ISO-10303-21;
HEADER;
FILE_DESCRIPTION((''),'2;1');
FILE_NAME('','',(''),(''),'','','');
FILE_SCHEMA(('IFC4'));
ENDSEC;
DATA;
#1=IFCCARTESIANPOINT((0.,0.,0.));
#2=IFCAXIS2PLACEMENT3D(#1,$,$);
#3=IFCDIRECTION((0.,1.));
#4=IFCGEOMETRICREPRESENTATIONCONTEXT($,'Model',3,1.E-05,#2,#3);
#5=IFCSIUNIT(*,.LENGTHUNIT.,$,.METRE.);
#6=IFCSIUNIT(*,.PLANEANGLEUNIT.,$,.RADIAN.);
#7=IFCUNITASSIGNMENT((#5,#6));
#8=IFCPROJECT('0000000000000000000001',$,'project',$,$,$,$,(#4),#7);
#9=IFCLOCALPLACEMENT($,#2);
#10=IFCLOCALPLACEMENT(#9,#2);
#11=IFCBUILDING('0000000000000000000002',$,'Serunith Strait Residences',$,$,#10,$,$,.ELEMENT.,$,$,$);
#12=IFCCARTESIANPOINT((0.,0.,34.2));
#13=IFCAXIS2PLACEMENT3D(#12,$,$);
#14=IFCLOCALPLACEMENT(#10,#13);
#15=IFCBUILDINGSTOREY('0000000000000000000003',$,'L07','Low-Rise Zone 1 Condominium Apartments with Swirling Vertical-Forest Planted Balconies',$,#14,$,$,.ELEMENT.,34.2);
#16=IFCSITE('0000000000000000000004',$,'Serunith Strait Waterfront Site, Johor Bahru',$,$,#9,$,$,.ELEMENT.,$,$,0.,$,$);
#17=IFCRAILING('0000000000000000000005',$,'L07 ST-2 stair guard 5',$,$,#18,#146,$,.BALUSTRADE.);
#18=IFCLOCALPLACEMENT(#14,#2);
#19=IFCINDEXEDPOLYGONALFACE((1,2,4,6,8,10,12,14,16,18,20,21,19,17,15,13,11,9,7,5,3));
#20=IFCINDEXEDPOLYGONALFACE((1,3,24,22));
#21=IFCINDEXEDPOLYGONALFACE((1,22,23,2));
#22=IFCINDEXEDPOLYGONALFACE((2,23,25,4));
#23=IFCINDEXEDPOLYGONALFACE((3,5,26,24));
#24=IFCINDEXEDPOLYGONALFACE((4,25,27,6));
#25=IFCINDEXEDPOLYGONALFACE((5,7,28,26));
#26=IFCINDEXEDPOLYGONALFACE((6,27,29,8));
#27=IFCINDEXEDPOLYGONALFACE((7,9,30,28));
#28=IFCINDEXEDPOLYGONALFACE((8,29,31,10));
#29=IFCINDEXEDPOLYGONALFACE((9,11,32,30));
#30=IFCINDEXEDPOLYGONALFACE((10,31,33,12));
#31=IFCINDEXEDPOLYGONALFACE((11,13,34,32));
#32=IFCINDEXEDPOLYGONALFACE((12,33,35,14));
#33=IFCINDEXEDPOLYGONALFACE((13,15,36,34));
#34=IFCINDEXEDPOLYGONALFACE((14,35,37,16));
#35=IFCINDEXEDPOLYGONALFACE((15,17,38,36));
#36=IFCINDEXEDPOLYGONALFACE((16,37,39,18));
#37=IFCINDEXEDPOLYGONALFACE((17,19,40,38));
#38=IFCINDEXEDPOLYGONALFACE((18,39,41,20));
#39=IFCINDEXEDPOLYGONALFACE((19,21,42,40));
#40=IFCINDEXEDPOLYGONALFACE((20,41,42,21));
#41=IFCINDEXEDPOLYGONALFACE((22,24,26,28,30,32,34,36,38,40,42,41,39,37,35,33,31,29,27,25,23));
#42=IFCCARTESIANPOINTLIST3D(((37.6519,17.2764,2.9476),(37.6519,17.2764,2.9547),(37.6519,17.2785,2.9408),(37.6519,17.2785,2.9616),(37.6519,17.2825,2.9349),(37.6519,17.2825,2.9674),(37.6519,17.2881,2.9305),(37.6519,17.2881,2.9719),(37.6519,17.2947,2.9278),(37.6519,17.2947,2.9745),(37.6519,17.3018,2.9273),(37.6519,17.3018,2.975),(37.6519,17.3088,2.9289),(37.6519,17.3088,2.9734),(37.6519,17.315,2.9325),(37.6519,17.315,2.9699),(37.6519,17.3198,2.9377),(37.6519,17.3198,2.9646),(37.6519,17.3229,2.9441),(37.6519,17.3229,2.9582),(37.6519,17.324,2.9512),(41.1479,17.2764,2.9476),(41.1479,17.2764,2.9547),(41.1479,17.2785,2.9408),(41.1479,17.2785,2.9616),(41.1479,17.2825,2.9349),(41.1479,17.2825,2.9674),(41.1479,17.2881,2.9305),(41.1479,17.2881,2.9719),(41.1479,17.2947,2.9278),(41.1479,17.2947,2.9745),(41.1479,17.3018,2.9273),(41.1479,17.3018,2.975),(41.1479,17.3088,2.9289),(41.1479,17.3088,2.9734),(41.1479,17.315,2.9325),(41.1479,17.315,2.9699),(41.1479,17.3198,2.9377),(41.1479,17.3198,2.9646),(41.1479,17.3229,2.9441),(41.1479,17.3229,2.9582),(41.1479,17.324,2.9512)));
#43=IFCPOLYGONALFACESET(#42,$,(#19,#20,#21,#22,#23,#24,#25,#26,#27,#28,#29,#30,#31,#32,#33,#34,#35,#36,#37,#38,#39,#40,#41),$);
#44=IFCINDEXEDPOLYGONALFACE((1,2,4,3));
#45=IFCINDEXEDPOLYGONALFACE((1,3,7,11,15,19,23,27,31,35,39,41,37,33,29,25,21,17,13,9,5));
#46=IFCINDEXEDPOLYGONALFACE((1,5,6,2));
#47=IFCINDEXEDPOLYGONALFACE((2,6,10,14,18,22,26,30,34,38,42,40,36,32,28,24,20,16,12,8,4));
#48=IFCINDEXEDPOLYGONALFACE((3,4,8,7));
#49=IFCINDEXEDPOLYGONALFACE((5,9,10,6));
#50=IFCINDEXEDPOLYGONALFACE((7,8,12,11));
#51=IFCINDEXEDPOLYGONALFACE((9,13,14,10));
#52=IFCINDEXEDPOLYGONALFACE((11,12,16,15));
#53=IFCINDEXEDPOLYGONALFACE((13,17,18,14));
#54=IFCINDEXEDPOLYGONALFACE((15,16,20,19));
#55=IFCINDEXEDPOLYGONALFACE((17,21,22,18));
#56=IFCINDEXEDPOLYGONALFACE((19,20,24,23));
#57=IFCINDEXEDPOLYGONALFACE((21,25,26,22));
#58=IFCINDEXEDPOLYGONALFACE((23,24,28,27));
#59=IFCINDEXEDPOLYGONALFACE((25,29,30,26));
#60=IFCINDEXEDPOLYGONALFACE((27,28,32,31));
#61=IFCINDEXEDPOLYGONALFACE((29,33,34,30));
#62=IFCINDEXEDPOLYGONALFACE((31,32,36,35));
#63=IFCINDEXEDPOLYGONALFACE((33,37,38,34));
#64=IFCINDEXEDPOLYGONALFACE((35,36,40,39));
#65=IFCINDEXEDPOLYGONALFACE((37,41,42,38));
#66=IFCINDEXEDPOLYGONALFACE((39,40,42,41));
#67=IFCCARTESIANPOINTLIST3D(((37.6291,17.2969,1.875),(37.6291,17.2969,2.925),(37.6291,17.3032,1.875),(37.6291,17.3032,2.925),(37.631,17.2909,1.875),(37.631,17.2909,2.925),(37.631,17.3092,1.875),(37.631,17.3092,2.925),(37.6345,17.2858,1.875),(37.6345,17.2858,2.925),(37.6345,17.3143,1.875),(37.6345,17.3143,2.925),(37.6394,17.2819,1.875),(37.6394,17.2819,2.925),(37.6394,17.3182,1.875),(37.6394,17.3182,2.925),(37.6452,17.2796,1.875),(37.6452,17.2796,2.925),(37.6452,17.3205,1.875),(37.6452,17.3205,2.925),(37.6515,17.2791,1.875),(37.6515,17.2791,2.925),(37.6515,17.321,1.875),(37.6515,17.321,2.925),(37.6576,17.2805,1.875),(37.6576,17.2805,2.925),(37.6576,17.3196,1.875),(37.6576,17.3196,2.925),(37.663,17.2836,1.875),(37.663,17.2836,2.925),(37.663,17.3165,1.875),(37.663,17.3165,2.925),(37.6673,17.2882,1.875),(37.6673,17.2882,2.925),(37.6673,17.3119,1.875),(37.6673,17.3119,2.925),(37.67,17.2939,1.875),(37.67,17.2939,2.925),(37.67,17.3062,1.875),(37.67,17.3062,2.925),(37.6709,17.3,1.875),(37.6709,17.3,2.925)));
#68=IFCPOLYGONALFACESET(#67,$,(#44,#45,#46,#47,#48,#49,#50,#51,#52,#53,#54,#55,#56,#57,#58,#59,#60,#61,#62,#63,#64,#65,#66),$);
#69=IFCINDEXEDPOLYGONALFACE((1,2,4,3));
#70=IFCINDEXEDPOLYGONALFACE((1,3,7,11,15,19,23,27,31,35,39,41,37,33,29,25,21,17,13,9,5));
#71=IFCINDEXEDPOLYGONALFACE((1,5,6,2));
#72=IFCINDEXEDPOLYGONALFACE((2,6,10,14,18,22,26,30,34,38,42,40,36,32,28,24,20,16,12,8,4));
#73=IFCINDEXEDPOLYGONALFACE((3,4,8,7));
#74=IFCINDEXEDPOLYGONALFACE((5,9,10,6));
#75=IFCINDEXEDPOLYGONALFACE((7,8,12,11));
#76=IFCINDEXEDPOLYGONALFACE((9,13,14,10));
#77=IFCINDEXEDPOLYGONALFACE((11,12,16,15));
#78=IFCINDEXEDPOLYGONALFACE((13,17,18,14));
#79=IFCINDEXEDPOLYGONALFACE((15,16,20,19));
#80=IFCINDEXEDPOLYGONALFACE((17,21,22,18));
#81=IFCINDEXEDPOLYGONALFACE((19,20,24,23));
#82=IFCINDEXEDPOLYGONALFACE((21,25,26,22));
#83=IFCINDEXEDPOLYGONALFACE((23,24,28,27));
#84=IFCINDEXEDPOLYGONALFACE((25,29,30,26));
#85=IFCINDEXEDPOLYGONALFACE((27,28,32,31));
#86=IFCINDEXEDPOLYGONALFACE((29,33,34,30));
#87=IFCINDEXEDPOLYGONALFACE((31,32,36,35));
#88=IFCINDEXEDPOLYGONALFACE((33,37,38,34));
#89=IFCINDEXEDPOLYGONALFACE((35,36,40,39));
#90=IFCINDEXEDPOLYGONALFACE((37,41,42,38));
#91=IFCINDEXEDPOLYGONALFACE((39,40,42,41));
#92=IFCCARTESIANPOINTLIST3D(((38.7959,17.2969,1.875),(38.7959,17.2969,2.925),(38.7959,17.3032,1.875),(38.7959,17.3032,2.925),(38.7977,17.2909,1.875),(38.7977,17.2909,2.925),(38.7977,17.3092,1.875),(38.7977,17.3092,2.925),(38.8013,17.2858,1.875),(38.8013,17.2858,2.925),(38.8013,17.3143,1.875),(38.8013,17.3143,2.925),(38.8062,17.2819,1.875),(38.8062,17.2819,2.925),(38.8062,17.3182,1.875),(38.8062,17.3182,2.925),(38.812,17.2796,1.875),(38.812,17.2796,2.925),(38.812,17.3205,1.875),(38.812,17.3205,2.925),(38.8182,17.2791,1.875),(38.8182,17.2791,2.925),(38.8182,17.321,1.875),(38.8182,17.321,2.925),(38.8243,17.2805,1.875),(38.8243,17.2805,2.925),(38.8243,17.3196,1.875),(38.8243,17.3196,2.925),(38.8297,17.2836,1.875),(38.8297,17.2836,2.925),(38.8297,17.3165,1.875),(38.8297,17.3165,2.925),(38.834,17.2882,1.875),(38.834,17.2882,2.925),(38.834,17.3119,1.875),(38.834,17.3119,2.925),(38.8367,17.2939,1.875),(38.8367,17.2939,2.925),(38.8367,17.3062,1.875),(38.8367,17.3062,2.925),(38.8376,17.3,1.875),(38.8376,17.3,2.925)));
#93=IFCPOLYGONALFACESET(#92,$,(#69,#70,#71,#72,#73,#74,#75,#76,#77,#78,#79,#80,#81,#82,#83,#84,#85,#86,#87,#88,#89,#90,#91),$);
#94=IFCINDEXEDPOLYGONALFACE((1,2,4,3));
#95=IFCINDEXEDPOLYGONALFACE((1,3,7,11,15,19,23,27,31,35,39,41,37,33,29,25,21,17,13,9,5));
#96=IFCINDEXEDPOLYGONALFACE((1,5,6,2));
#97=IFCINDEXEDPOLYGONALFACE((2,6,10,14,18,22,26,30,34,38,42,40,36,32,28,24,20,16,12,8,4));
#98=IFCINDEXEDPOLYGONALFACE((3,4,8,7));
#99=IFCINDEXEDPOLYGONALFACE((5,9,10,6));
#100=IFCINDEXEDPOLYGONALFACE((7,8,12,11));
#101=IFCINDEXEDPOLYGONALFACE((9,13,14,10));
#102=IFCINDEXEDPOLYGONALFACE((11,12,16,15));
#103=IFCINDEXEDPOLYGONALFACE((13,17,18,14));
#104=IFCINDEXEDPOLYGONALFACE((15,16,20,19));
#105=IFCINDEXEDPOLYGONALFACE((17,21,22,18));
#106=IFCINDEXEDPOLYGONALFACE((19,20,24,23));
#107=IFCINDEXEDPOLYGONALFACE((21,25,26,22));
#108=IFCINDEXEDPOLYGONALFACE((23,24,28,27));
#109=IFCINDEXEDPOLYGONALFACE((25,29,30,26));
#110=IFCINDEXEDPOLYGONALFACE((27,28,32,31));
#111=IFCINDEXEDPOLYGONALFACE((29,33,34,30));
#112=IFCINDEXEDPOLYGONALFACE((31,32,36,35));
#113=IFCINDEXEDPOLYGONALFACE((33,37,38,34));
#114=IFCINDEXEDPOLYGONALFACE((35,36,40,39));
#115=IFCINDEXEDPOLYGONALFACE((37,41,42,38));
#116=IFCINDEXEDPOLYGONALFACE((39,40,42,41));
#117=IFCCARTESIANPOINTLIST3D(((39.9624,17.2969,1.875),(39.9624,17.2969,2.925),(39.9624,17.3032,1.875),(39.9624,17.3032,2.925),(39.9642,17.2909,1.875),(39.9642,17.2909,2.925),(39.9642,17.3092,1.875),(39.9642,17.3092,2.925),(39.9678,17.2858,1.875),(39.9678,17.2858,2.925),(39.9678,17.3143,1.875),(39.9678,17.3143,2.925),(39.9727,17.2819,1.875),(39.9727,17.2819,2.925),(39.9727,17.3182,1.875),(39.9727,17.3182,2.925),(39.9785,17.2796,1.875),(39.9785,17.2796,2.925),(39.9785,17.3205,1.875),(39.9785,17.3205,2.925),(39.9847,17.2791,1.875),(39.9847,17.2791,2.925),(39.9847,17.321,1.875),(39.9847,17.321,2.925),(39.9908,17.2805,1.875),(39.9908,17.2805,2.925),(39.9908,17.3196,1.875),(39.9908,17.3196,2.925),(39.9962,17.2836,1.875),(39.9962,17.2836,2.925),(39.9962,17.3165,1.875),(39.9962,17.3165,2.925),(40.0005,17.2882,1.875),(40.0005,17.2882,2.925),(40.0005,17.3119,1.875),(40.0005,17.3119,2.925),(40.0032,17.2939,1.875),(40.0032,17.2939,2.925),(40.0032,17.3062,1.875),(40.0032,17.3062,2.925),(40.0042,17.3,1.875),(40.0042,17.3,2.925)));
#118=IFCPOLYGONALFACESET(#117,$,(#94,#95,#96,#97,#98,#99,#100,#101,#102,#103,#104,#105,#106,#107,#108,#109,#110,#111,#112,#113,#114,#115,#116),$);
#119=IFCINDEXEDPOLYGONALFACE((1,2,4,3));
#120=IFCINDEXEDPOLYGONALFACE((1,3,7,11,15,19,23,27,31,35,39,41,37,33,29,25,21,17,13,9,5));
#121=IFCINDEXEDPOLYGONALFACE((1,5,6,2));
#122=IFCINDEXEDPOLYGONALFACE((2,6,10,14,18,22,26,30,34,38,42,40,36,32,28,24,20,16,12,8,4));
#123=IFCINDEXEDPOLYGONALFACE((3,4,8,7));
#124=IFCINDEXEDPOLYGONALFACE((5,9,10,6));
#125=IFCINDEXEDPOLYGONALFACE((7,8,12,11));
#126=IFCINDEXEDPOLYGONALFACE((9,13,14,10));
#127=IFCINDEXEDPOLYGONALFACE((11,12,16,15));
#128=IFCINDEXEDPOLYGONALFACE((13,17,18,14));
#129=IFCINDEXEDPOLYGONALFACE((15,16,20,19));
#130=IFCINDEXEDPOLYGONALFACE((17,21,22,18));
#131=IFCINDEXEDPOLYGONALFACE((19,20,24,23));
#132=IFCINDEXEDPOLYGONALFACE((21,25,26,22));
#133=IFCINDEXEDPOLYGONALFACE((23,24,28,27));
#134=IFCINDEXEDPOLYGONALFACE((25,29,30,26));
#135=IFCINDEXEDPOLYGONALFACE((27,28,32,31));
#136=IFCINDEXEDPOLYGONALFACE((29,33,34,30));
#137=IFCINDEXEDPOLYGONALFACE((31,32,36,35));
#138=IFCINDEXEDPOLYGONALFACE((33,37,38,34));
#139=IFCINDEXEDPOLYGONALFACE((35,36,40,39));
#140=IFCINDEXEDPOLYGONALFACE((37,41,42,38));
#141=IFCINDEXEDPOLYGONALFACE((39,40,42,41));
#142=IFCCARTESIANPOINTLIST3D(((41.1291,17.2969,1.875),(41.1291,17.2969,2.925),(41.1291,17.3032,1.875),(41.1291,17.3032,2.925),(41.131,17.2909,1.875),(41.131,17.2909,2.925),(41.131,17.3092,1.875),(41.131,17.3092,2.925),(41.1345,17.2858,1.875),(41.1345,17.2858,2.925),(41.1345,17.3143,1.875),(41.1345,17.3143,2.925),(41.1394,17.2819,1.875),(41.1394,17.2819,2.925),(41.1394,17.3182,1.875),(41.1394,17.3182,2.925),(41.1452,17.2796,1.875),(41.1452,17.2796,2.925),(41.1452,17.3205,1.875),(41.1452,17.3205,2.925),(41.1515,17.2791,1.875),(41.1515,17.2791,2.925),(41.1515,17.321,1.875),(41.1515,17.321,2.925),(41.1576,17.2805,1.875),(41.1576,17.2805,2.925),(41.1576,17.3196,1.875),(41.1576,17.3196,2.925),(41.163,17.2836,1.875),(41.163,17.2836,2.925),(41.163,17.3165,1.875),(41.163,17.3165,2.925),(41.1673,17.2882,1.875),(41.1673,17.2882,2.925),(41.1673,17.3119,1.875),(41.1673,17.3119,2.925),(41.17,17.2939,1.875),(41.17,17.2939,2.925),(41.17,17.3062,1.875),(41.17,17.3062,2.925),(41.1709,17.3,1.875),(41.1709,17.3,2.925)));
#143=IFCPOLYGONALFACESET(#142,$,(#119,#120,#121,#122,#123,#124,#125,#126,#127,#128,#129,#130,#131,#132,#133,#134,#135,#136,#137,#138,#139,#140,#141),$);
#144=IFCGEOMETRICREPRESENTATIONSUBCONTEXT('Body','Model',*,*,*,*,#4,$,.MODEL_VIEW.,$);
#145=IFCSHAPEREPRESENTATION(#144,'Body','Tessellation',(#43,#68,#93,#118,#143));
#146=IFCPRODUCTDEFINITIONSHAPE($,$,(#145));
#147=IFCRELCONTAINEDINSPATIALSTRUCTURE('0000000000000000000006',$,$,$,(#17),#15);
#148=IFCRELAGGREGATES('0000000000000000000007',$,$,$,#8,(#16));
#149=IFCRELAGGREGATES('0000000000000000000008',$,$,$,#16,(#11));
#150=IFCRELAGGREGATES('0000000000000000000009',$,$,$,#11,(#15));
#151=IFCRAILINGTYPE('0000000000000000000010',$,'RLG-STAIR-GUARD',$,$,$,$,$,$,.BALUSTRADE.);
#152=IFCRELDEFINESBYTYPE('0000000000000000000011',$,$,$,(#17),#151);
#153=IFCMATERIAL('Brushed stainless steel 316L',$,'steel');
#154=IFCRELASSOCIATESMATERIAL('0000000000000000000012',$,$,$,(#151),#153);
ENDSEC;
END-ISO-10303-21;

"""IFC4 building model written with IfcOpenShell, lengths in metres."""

from ifc_helpers import new_model, si_unit, direction, frame, origin, origin_2d, place, context, subcontext, project, spatial, circle, extrude, material, type_object, element, save


model = new_model("IFC4")

# Units and contexts
model_context = context("Model", 3, precision=1e-05, world=origin(), true_north=direction((0.0, 1.0)))
body_context = subcontext(model_context, "Body", "Model", "MODEL_VIEW")
ifc_project = project(units=[si_unit("LENGTHUNIT", "METRE"), si_unit("PLANEANGLEUNIT", "RADIAN")], contexts=[model_context])

# Site, building, storey
site_placement = place(None, origin())
site = spatial("IfcSite", under=ifc_project, at=site_placement, Name="Serunith Strait Waterfront Site, Johor Bahru", CompositionType="ELEMENT", RefElevation=0.0)
building_placement = place(site_placement, origin())
building = spatial("IfcBuilding", under=site, at=building_placement, Name="Serunith Strait Residences", CompositionType="ELEMENT")
storey_placement = place(building_placement, frame((0.0, 0.0, 34.2)))
storey = spatial("IfcBuildingStorey", under=building, at=storey_placement, Name="L07", Description="Low-Rise Zone 1 Condominium Apartments with Swirling Vertical-Forest Planted Balconies", CompositionType="ELEMENT", Elevation=34.2)

# Railing
ifc_material_1 = material(Name="Brushed stainless steel 316L", Category="steel")
railing_type_1 = type_object("IfcRailingType", Name="RLG-STAIR-GUARD", PredefinedType="BALUSTRADE", material=ifc_material_1)
railing_1_placement = place(storey_placement, frame((37.6499, 17.3, 1.875)))
element("IfcRailing", 1, at=railing_1_placement, inside=storey, type_object=railing_type_1, Name="L07 ST-2 stair guard 5", PredefinedType="BALUSTRADE", context=body_context, shape_type="SweptSolid", body=[
    extrude(circle(Radius=0.0239, at=origin_2d()), frame((0.002, 0.0, 1.0762), z_axis=(1.0, 0.0, 0.0), x_axis=(0.0, 1.0, 0.0)), (0.0, 0.0, 1.0), 3.4961),
    extrude(circle(Radius=0.021, at=origin_2d()), origin(), (0.0, 0.0, 1.0), 1.05),
    extrude(circle(Radius=0.021, at=origin_2d()), frame((1.1667, 0.0, 0.0)), (0.0, 0.0, 1.0), 1.05),
    extrude(circle(Radius=0.021, at=origin_2d()), frame((2.3333, 0.0, 0.0)), (0.0, 0.0, 1.0), 1.05),
    extrude(circle(Radius=0.021, at=origin_2d()), frame((3.5, 0.0, 0.0)), (0.0, 0.0, 1.0), 1.05),
])

save(model, "model.ifc")
